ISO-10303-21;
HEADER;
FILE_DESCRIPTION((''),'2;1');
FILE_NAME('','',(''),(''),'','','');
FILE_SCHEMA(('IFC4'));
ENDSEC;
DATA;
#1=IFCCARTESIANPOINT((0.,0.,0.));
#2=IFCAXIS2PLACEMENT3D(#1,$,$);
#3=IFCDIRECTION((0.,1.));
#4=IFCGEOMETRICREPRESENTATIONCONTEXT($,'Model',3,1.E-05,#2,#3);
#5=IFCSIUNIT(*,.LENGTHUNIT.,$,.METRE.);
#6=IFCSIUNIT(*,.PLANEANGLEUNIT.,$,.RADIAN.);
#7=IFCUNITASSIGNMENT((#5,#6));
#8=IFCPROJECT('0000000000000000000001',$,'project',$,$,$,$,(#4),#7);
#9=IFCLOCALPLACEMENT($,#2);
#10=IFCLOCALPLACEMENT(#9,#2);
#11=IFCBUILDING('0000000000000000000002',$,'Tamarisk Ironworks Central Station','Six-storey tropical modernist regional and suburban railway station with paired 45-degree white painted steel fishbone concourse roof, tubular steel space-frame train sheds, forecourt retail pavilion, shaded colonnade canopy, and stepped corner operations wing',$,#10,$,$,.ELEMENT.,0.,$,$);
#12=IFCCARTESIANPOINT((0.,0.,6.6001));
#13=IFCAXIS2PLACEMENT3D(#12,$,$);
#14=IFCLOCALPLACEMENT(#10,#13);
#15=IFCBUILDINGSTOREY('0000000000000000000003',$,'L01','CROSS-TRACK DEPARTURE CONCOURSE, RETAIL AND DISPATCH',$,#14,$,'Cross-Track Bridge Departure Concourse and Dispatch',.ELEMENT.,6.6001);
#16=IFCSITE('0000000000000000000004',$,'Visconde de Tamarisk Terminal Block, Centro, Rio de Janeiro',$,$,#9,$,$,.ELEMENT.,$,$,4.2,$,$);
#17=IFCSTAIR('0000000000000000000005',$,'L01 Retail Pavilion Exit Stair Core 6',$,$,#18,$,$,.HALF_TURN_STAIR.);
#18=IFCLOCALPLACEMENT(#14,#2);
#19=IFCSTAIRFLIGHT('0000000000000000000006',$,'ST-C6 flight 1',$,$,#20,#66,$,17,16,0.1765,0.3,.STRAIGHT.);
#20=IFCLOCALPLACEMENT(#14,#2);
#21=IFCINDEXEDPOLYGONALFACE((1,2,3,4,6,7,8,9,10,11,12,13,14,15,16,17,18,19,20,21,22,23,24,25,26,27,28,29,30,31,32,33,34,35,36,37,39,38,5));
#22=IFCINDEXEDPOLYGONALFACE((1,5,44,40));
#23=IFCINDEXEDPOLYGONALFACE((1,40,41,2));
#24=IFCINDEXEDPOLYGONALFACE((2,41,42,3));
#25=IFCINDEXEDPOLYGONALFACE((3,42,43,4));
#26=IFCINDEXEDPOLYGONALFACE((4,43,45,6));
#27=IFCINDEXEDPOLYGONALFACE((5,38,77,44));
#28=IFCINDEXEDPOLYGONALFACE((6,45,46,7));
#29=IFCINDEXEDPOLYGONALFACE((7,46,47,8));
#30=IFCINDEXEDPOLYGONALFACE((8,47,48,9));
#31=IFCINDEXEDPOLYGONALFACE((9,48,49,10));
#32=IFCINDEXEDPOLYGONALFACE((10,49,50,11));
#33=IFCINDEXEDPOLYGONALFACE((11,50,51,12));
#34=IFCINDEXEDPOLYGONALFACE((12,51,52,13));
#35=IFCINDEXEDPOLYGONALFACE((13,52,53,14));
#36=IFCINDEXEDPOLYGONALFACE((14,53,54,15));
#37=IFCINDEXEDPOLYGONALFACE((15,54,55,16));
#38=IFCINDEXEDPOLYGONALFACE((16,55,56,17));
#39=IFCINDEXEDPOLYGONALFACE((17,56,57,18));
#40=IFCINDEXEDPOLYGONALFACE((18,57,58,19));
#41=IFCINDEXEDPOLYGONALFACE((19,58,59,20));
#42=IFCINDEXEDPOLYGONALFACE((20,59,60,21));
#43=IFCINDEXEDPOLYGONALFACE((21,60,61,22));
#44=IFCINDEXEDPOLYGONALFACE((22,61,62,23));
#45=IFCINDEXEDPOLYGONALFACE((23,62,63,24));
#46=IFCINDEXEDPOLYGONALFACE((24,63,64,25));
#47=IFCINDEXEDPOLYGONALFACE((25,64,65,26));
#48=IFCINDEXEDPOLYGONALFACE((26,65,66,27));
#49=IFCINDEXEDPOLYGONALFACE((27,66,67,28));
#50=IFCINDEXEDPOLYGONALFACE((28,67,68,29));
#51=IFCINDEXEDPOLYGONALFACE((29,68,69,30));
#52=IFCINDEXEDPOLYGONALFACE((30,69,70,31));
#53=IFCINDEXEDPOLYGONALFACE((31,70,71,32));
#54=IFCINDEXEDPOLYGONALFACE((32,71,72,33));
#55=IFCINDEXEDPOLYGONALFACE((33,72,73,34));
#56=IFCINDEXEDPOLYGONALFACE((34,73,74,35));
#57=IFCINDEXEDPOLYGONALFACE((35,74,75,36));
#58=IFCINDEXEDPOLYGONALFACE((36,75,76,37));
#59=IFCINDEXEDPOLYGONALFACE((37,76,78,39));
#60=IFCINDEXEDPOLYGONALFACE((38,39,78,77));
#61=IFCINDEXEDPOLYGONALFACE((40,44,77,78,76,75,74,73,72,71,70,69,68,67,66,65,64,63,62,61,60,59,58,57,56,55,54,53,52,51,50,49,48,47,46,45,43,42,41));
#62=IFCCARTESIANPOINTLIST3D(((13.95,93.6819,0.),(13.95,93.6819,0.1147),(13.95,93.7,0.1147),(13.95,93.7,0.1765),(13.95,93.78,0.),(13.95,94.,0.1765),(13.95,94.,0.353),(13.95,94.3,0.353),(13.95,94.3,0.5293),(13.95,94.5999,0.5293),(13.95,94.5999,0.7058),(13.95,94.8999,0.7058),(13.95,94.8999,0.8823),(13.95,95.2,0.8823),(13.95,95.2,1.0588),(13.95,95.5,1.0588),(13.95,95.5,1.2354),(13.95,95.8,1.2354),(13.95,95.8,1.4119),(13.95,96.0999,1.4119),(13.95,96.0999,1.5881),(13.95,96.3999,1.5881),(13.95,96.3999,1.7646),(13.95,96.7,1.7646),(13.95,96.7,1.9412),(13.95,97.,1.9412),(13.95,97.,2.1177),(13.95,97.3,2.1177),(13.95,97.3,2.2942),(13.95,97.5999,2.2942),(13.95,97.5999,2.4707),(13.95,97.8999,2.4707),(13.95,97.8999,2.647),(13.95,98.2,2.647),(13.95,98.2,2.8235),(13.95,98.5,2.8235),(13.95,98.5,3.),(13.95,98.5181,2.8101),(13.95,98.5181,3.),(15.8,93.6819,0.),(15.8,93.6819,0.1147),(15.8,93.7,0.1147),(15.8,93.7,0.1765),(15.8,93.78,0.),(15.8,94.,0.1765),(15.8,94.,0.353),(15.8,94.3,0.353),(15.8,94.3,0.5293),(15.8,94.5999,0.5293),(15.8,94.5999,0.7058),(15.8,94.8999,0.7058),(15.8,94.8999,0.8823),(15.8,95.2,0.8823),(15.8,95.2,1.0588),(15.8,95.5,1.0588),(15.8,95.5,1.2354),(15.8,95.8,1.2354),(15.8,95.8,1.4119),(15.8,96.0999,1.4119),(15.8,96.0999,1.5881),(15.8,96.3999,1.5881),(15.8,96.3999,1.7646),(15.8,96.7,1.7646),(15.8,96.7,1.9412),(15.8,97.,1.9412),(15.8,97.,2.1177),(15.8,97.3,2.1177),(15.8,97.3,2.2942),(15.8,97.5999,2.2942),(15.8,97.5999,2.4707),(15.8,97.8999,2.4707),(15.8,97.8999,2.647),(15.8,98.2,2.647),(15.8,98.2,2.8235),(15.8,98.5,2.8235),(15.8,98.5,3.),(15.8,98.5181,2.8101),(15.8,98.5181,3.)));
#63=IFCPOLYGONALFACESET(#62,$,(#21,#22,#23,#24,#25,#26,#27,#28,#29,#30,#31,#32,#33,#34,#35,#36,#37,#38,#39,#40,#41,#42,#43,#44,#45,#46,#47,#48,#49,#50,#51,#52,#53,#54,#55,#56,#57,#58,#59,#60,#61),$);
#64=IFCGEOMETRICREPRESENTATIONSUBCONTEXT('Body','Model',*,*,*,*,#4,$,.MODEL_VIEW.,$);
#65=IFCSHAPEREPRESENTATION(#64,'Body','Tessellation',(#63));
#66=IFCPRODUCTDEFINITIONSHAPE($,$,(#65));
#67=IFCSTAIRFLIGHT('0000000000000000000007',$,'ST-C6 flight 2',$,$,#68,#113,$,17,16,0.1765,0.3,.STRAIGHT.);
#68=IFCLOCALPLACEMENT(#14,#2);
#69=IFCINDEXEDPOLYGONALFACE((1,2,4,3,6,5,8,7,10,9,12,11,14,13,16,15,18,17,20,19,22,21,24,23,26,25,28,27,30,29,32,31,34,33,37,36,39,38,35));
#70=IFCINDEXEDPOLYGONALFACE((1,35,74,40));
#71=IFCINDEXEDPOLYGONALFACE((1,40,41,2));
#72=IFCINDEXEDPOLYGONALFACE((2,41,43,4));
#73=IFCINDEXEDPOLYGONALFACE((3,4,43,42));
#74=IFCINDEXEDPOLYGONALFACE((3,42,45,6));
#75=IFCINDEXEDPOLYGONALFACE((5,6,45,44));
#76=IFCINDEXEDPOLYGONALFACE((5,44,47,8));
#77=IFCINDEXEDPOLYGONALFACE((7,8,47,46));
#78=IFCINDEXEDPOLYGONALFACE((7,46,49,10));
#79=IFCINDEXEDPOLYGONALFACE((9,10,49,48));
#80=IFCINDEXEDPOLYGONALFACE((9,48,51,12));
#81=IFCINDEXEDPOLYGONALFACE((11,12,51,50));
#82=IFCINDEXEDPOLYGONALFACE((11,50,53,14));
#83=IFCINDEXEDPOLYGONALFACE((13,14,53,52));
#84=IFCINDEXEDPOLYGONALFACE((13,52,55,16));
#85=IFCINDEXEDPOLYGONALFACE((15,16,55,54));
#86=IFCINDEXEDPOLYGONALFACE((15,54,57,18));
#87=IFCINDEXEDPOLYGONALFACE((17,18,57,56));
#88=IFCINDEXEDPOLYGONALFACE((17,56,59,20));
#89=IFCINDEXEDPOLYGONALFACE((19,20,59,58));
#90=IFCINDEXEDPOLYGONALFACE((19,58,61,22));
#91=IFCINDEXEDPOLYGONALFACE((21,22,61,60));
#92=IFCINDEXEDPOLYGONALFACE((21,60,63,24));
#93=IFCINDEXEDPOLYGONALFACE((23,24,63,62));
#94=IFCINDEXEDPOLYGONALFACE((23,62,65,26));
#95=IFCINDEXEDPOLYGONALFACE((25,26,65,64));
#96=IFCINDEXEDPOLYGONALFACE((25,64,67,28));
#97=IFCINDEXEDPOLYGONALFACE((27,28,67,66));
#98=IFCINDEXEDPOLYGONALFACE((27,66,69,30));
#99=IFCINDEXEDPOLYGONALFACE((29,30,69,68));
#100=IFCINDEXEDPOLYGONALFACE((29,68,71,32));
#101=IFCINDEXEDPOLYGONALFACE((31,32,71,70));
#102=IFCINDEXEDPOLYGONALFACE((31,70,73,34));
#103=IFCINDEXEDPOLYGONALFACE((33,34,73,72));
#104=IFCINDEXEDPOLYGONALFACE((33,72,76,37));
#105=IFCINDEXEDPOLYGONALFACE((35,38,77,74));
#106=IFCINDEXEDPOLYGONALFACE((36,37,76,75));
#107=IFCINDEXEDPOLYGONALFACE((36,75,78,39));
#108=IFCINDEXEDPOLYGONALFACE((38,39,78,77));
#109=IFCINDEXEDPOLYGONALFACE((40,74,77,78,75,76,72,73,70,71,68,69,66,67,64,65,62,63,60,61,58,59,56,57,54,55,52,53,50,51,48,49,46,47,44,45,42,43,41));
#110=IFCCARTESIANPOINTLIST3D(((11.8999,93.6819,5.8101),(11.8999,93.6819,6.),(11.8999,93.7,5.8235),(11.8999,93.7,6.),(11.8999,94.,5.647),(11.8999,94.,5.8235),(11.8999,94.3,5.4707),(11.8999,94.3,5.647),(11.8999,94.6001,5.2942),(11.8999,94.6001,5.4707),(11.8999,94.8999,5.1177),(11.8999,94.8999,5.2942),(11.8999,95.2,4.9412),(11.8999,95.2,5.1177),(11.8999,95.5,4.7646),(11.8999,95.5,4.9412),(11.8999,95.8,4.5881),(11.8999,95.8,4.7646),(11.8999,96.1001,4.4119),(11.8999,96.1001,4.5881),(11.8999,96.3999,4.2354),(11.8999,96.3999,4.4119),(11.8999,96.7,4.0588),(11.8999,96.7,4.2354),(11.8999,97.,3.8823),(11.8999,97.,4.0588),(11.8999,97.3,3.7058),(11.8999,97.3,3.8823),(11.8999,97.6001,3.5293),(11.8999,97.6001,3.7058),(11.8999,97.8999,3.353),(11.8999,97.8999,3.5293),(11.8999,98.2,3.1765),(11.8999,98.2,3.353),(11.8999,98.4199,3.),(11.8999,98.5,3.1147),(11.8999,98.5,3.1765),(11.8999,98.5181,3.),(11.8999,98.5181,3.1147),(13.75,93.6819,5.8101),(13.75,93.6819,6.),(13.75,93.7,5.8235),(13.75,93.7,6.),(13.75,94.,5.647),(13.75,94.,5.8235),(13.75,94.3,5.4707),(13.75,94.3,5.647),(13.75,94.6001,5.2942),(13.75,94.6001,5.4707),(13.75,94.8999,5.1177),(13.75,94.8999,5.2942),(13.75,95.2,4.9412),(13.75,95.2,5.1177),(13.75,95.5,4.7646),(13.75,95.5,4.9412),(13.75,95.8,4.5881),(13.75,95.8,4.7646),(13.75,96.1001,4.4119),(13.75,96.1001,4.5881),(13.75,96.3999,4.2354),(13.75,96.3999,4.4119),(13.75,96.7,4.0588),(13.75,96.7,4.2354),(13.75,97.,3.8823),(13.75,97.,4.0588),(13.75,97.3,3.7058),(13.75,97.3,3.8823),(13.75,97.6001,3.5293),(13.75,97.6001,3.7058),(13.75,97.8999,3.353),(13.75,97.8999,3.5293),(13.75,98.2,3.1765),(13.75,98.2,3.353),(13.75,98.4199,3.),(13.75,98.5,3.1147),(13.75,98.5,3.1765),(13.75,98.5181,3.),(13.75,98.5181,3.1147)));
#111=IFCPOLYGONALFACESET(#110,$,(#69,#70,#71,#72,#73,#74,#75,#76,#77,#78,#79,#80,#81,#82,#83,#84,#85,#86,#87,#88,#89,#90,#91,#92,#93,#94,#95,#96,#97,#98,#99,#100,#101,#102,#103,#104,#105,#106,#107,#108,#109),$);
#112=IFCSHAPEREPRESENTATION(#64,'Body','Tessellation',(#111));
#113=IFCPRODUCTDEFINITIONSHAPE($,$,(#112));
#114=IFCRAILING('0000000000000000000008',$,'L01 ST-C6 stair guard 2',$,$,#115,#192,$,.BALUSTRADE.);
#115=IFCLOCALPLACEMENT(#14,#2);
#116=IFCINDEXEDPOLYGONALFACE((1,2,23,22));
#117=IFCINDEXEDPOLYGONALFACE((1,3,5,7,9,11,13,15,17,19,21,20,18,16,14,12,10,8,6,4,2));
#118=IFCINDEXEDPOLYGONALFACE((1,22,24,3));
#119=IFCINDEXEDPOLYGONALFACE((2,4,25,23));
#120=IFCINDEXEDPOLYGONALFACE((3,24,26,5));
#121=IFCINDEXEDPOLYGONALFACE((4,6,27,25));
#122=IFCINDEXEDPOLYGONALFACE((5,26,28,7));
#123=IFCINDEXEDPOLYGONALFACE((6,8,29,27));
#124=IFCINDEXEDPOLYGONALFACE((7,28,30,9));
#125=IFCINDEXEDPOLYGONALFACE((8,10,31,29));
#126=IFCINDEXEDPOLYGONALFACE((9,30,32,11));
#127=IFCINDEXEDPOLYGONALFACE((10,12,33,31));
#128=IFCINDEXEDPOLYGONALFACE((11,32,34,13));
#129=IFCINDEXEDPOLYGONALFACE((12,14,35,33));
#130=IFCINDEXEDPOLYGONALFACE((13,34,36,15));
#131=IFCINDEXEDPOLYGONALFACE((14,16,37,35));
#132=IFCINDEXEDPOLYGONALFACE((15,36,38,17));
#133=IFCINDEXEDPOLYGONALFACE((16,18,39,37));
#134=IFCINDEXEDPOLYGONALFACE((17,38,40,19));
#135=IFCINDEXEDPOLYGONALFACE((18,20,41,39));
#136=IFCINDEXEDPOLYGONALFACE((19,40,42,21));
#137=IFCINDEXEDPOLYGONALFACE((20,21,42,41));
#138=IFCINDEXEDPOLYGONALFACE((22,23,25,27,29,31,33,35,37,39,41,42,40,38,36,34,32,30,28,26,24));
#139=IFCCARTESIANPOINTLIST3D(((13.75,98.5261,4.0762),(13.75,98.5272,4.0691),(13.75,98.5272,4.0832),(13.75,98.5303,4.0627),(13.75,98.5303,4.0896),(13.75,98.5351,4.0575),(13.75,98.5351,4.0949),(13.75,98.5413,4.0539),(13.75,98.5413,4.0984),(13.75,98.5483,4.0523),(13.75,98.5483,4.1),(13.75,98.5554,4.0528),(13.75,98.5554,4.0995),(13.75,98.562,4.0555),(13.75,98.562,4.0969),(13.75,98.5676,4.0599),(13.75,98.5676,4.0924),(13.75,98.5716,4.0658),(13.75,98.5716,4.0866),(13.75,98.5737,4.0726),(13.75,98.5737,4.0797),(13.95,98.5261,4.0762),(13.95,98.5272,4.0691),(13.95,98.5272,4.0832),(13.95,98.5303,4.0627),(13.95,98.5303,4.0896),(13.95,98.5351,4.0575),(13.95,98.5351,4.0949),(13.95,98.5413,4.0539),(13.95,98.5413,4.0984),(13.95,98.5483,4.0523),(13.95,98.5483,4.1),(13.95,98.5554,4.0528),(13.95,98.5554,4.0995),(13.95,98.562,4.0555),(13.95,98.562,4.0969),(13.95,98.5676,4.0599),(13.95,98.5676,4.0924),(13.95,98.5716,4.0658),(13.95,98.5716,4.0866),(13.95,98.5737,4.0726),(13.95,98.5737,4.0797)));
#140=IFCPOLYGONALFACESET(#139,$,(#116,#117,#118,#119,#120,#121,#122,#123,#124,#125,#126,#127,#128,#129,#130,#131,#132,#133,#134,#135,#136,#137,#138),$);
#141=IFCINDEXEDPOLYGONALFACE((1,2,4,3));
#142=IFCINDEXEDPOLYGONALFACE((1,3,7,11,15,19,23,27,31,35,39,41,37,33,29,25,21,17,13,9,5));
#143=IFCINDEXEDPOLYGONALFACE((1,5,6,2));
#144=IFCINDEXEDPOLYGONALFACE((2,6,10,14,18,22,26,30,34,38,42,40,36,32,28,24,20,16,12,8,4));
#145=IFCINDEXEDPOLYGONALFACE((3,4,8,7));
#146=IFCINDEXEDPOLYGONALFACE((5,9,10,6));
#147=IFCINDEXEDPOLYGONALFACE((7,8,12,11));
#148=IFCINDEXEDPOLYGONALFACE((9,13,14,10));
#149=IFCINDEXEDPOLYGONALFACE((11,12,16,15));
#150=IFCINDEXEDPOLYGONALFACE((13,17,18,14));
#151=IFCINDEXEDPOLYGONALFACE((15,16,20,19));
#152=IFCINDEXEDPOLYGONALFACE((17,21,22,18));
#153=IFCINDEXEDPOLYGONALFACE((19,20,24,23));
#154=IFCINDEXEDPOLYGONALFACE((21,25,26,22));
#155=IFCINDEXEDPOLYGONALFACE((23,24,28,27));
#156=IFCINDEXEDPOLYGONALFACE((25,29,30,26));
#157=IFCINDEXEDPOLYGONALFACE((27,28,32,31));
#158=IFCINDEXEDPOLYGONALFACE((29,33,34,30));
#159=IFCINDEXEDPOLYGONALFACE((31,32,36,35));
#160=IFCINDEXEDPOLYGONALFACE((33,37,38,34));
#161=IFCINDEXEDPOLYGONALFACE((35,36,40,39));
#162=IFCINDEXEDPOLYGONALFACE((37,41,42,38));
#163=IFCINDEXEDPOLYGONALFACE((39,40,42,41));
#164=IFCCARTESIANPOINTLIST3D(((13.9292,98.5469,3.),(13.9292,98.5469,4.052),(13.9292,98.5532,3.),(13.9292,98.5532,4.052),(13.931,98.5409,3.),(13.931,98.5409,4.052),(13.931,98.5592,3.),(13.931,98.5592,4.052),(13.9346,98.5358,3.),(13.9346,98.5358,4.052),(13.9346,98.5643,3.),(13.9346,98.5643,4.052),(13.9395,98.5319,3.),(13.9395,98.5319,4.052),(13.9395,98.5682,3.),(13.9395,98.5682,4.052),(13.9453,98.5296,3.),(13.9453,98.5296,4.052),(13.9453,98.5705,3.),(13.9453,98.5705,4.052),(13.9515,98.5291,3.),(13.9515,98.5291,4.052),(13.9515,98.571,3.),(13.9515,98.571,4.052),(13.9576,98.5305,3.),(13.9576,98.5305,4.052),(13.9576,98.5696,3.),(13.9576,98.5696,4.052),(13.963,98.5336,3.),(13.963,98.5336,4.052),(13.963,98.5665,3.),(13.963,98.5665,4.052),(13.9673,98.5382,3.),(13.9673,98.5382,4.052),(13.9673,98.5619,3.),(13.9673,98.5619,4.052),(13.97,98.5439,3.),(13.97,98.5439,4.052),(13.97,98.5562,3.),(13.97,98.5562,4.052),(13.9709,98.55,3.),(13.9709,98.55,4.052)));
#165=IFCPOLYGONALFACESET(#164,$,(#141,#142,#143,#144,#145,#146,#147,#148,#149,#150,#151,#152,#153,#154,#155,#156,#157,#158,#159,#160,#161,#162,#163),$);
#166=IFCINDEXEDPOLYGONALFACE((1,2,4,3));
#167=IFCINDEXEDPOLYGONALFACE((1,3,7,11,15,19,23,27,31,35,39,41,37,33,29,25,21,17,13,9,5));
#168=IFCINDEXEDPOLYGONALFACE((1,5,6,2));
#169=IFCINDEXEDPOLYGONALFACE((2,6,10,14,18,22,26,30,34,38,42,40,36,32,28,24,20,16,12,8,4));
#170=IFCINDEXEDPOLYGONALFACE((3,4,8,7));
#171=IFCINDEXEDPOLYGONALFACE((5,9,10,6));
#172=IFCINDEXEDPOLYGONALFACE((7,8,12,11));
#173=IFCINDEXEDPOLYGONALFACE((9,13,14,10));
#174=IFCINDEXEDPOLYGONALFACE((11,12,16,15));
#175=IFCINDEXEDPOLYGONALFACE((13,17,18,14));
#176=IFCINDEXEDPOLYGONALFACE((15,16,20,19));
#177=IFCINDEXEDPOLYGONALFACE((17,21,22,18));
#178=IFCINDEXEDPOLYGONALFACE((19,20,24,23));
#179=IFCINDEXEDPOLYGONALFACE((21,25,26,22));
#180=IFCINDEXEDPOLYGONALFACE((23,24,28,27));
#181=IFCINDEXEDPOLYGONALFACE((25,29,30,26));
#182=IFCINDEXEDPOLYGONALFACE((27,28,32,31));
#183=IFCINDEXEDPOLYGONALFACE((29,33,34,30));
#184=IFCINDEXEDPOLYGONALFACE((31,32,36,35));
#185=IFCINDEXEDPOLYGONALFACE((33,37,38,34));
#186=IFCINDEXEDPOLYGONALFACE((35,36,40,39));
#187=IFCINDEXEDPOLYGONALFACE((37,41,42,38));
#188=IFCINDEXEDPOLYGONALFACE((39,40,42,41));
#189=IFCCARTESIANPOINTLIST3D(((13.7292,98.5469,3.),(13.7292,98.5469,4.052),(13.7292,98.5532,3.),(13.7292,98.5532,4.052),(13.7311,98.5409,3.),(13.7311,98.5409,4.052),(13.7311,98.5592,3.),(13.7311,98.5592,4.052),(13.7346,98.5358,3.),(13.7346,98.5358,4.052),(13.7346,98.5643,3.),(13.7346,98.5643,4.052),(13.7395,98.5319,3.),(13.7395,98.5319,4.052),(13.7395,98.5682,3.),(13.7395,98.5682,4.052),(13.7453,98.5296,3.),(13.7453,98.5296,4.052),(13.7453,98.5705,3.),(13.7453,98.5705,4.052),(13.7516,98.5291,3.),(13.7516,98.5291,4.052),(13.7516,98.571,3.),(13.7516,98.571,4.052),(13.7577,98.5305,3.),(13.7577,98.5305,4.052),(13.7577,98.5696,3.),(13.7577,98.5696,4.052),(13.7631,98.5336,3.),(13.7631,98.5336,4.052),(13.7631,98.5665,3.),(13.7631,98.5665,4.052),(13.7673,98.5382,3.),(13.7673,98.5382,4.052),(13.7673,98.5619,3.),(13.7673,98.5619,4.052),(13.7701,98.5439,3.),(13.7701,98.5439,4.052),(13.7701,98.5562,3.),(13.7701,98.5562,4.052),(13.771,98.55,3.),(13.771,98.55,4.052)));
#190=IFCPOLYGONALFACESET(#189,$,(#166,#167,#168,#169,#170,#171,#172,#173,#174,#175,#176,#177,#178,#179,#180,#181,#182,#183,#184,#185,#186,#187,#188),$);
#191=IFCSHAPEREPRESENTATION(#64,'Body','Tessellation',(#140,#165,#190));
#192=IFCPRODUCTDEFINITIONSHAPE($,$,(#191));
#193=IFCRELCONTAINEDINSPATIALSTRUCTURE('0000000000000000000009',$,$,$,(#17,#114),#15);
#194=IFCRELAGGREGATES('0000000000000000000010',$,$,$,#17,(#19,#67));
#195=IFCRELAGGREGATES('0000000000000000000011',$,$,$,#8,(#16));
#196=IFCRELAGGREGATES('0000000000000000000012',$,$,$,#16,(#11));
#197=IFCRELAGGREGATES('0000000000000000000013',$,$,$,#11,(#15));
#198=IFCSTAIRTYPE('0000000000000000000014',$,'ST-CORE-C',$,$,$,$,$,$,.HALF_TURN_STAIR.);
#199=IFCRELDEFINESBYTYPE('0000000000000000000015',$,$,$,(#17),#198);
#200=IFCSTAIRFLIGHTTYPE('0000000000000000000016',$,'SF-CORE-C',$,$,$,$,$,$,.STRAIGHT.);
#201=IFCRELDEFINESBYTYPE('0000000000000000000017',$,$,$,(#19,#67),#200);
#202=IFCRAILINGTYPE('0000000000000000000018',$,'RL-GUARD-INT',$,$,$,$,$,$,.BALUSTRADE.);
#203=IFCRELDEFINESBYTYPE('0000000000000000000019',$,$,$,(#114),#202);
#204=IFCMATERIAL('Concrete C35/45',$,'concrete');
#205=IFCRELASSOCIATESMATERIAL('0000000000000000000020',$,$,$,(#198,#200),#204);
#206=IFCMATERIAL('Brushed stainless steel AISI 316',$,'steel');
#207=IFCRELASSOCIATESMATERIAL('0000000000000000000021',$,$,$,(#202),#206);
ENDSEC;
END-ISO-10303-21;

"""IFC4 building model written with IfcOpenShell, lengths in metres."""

from ifc_helpers import new_model, si_unit, direction, frame, origin, origin_2d, place, context, subcontext, project, spatial, polyline, circle, outline, extrude, material, type_object, element, aggregate, save


model = new_model("IFC4")

# Units and contexts
model_context = context("Model", 3, precision=1e-05, world=origin(), true_north=direction((0.0, 1.0)))
body_context = subcontext(model_context, "Body", "Model", "MODEL_VIEW")
ifc_project = project(units=[si_unit("LENGTHUNIT", "METRE"), si_unit("PLANEANGLEUNIT", "RADIAN")], contexts=[model_context])

# Site, building, storey
site_placement = place(None, origin())
site = spatial("IfcSite", under=ifc_project, at=site_placement, Name="Visconde de Tamarisk Terminal Block, Centro, Rio de Janeiro", CompositionType="ELEMENT", RefElevation=4.2)
building_placement = place(site_placement, origin())
building = spatial("IfcBuilding", under=site, at=building_placement, Name="Tamarisk Ironworks Central Station", Description="Six-storey tropical modernist regional and suburban railway station with paired 45-degree white painted steel fishbone concourse roof, tubular steel space-frame train sheds, forecourt retail pavilion, shaded colonnade canopy, and stepped corner operations wing", CompositionType="ELEMENT", ElevationOfRefHeight=0.0)
storey_placement = place(building_placement, frame((0.0, 0.0, 6.6001)))
storey = spatial("IfcBuildingStorey", under=building, at=storey_placement, Name="L01", Description="CROSS-TRACK DEPARTURE CONCOURSE, RETAIL AND DISPATCH", LongName="Cross-Track Bridge Departure Concourse and Dispatch", CompositionType="ELEMENT", Elevation=6.6001)

# Stair, stair flights
ifc_material_1 = material(Name="Concrete C35/45", Category="concrete")
stair_type = type_object("IfcStairType", Name="ST-CORE-C", PredefinedType="HALF_TURN_STAIR", material=ifc_material_1)
stair_placement = place(storey_placement, origin())
stair = element("IfcStair", 1, at=stair_placement, inside=storey, type_object=stair_type, Name="L01 Retail Pavilion Exit Stair Core 6", PredefinedType="HALF_TURN_STAIR")
stair_flight_type = type_object("IfcStairFlightType", Name="SF-CORE-C", PredefinedType="STRAIGHT", material=ifc_material_1)
stair_flight_1_placement = place(storey_placement, frame((14.875, 93.7, 0.0), z_axis=(0.0, 0.0, 1.0), x_axis=(0.0, 1.0, 0.0)))
stair_flight_1 = element("IfcStairFlight", 2, at=stair_flight_1_placement, type_object=stair_flight_type, Name="ST-C6 flight 1", NumberOfRisers=17, NumberOfTreads=16, PredefinedType="STRAIGHT", RiserHeight=0.1765, TreadLength=0.3, context=body_context, shape_type="SweptSolid", body=[
    extrude(outline(polyline([(-0.0181, 0.0), (-0.0181, 0.1147), (0.0, 0.1147), (0.0, 0.1765), (0.3, 0.1765), (0.3, 0.353), (0.6001, 0.353), (0.6001, 0.5293), (0.8999, 0.5293), (0.8999, 0.7058), (1.2, 0.7058), (1.2, 0.8823), (1.5, 0.8823), (1.5, 1.0588), (1.8, 1.0588), (1.8, 1.2354), (2.1001, 1.2354), (2.1001, 1.4119), (2.3999, 1.4119), (2.3999, 1.5881), (2.7, 1.5881), (2.7, 1.7646), (3.0, 1.7646), (3.0, 1.9412), (3.3, 1.9412), (3.3, 2.1177), (3.6001, 2.1177), (3.6001, 2.2942), (3.8999, 2.2942), (3.8999, 2.4707), (4.2, 2.4707), (4.2, 2.647), (4.5, 2.647), (4.5, 2.8235), (4.8, 2.8235), (4.8, 3.0), (4.8181, 3.0), (4.8181, 2.8101), (0.0801, 0.0), (-0.0181, 0.0)])), frame((0.0, 0.925, 0.0), z_axis=(0.0, -1.0, 0.0), x_axis=(1.0, 0.0, 0.0)), (0.0, 0.0, 1.0), 1.8501),
])
stair_flight_2_placement = place(storey_placement, frame((12.825, 98.5, 3.0), z_axis=(0.0, 0.0, 1.0), x_axis=(0.0, -1.0, 0.0)))
stair_flight_2 = element("IfcStairFlight", 3, at=stair_flight_2_placement, type_object=stair_flight_type, Name="ST-C6 flight 2", NumberOfRisers=17, NumberOfTreads=16, PredefinedType="STRAIGHT", RiserHeight=0.1765, TreadLength=0.3, context=body_context, shape_type="SweptSolid", body=[
    extrude(outline(polyline([(-0.0181, 0.0), (-0.0181, 0.1147), (0.0, 0.1147), (0.0, 0.1765), (0.3, 0.1765), (0.3, 0.353), (0.6001, 0.353), (0.6001, 0.5293), (0.8999, 0.5293), (0.8999, 0.7058), (1.2, 0.7058), (1.2, 0.8823), (1.5, 0.8823), (1.5, 1.0588), (1.8, 1.0588), (1.8, 1.2354), (2.1001, 1.2354), (2.1001, 1.4119), (2.3999, 1.4119), (2.3999, 1.5881), (2.7, 1.5881), (2.7, 1.7646), (3.0, 1.7646), (3.0, 1.9412), (3.3, 1.9412), (3.3, 2.1177), (3.6001, 2.1177), (3.6001, 2.2942), (3.8999, 2.2942), (3.8999, 2.4707), (4.2, 2.4707), (4.2, 2.647), (4.5, 2.647), (4.5, 2.8235), (4.8, 2.8235), (4.8, 3.0), (4.8181, 3.0), (4.8181, 2.8101), (0.0801, 0.0), (-0.0181, 0.0)])), frame((0.0, 0.925, 0.0), z_axis=(0.0, -1.0, 0.0), x_axis=(1.0, 0.0, 0.0)), (0.0, 0.0, 1.0), 1.8501),
])
aggregate(stair, [stair_flight_1, stair_flight_2])

# Railing
ifc_material_2 = material(Name="Brushed stainless steel AISI 316", Category="steel")
railing_type_1 = type_object("IfcRailingType", Name="RL-GUARD-INT", PredefinedType="BALUSTRADE", material=ifc_material_2)
railing_1_placement = place(storey_placement, frame((13.95, 98.55, 3.0)))
element("IfcRailing", 4, at=railing_1_placement, inside=storey, type_object=railing_type_1, Name="L01 ST-C6 stair guard 2", PredefinedType="BALUSTRADE", context=body_context, shape_type="SweptSolid", body=[
    extrude(circle(Radius=0.0239, at=origin_2d()), frame((0.0, 0.0, 1.0762), z_axis=(-1.0, 0.0, 0.0), x_axis=(0.0, -1.0, 0.0)), (0.0, 0.0, 1.0), 0.2),
    extrude(circle(Radius=0.021, at=origin_2d()), origin(), (0.0, 0.0, 1.0), 1.052),
    extrude(circle(Radius=0.021, at=origin_2d()), frame((-0.2, 0.0, 0.0)), (0.0, 0.0, 1.0), 1.052),
])

save(model, "model.ifc")
